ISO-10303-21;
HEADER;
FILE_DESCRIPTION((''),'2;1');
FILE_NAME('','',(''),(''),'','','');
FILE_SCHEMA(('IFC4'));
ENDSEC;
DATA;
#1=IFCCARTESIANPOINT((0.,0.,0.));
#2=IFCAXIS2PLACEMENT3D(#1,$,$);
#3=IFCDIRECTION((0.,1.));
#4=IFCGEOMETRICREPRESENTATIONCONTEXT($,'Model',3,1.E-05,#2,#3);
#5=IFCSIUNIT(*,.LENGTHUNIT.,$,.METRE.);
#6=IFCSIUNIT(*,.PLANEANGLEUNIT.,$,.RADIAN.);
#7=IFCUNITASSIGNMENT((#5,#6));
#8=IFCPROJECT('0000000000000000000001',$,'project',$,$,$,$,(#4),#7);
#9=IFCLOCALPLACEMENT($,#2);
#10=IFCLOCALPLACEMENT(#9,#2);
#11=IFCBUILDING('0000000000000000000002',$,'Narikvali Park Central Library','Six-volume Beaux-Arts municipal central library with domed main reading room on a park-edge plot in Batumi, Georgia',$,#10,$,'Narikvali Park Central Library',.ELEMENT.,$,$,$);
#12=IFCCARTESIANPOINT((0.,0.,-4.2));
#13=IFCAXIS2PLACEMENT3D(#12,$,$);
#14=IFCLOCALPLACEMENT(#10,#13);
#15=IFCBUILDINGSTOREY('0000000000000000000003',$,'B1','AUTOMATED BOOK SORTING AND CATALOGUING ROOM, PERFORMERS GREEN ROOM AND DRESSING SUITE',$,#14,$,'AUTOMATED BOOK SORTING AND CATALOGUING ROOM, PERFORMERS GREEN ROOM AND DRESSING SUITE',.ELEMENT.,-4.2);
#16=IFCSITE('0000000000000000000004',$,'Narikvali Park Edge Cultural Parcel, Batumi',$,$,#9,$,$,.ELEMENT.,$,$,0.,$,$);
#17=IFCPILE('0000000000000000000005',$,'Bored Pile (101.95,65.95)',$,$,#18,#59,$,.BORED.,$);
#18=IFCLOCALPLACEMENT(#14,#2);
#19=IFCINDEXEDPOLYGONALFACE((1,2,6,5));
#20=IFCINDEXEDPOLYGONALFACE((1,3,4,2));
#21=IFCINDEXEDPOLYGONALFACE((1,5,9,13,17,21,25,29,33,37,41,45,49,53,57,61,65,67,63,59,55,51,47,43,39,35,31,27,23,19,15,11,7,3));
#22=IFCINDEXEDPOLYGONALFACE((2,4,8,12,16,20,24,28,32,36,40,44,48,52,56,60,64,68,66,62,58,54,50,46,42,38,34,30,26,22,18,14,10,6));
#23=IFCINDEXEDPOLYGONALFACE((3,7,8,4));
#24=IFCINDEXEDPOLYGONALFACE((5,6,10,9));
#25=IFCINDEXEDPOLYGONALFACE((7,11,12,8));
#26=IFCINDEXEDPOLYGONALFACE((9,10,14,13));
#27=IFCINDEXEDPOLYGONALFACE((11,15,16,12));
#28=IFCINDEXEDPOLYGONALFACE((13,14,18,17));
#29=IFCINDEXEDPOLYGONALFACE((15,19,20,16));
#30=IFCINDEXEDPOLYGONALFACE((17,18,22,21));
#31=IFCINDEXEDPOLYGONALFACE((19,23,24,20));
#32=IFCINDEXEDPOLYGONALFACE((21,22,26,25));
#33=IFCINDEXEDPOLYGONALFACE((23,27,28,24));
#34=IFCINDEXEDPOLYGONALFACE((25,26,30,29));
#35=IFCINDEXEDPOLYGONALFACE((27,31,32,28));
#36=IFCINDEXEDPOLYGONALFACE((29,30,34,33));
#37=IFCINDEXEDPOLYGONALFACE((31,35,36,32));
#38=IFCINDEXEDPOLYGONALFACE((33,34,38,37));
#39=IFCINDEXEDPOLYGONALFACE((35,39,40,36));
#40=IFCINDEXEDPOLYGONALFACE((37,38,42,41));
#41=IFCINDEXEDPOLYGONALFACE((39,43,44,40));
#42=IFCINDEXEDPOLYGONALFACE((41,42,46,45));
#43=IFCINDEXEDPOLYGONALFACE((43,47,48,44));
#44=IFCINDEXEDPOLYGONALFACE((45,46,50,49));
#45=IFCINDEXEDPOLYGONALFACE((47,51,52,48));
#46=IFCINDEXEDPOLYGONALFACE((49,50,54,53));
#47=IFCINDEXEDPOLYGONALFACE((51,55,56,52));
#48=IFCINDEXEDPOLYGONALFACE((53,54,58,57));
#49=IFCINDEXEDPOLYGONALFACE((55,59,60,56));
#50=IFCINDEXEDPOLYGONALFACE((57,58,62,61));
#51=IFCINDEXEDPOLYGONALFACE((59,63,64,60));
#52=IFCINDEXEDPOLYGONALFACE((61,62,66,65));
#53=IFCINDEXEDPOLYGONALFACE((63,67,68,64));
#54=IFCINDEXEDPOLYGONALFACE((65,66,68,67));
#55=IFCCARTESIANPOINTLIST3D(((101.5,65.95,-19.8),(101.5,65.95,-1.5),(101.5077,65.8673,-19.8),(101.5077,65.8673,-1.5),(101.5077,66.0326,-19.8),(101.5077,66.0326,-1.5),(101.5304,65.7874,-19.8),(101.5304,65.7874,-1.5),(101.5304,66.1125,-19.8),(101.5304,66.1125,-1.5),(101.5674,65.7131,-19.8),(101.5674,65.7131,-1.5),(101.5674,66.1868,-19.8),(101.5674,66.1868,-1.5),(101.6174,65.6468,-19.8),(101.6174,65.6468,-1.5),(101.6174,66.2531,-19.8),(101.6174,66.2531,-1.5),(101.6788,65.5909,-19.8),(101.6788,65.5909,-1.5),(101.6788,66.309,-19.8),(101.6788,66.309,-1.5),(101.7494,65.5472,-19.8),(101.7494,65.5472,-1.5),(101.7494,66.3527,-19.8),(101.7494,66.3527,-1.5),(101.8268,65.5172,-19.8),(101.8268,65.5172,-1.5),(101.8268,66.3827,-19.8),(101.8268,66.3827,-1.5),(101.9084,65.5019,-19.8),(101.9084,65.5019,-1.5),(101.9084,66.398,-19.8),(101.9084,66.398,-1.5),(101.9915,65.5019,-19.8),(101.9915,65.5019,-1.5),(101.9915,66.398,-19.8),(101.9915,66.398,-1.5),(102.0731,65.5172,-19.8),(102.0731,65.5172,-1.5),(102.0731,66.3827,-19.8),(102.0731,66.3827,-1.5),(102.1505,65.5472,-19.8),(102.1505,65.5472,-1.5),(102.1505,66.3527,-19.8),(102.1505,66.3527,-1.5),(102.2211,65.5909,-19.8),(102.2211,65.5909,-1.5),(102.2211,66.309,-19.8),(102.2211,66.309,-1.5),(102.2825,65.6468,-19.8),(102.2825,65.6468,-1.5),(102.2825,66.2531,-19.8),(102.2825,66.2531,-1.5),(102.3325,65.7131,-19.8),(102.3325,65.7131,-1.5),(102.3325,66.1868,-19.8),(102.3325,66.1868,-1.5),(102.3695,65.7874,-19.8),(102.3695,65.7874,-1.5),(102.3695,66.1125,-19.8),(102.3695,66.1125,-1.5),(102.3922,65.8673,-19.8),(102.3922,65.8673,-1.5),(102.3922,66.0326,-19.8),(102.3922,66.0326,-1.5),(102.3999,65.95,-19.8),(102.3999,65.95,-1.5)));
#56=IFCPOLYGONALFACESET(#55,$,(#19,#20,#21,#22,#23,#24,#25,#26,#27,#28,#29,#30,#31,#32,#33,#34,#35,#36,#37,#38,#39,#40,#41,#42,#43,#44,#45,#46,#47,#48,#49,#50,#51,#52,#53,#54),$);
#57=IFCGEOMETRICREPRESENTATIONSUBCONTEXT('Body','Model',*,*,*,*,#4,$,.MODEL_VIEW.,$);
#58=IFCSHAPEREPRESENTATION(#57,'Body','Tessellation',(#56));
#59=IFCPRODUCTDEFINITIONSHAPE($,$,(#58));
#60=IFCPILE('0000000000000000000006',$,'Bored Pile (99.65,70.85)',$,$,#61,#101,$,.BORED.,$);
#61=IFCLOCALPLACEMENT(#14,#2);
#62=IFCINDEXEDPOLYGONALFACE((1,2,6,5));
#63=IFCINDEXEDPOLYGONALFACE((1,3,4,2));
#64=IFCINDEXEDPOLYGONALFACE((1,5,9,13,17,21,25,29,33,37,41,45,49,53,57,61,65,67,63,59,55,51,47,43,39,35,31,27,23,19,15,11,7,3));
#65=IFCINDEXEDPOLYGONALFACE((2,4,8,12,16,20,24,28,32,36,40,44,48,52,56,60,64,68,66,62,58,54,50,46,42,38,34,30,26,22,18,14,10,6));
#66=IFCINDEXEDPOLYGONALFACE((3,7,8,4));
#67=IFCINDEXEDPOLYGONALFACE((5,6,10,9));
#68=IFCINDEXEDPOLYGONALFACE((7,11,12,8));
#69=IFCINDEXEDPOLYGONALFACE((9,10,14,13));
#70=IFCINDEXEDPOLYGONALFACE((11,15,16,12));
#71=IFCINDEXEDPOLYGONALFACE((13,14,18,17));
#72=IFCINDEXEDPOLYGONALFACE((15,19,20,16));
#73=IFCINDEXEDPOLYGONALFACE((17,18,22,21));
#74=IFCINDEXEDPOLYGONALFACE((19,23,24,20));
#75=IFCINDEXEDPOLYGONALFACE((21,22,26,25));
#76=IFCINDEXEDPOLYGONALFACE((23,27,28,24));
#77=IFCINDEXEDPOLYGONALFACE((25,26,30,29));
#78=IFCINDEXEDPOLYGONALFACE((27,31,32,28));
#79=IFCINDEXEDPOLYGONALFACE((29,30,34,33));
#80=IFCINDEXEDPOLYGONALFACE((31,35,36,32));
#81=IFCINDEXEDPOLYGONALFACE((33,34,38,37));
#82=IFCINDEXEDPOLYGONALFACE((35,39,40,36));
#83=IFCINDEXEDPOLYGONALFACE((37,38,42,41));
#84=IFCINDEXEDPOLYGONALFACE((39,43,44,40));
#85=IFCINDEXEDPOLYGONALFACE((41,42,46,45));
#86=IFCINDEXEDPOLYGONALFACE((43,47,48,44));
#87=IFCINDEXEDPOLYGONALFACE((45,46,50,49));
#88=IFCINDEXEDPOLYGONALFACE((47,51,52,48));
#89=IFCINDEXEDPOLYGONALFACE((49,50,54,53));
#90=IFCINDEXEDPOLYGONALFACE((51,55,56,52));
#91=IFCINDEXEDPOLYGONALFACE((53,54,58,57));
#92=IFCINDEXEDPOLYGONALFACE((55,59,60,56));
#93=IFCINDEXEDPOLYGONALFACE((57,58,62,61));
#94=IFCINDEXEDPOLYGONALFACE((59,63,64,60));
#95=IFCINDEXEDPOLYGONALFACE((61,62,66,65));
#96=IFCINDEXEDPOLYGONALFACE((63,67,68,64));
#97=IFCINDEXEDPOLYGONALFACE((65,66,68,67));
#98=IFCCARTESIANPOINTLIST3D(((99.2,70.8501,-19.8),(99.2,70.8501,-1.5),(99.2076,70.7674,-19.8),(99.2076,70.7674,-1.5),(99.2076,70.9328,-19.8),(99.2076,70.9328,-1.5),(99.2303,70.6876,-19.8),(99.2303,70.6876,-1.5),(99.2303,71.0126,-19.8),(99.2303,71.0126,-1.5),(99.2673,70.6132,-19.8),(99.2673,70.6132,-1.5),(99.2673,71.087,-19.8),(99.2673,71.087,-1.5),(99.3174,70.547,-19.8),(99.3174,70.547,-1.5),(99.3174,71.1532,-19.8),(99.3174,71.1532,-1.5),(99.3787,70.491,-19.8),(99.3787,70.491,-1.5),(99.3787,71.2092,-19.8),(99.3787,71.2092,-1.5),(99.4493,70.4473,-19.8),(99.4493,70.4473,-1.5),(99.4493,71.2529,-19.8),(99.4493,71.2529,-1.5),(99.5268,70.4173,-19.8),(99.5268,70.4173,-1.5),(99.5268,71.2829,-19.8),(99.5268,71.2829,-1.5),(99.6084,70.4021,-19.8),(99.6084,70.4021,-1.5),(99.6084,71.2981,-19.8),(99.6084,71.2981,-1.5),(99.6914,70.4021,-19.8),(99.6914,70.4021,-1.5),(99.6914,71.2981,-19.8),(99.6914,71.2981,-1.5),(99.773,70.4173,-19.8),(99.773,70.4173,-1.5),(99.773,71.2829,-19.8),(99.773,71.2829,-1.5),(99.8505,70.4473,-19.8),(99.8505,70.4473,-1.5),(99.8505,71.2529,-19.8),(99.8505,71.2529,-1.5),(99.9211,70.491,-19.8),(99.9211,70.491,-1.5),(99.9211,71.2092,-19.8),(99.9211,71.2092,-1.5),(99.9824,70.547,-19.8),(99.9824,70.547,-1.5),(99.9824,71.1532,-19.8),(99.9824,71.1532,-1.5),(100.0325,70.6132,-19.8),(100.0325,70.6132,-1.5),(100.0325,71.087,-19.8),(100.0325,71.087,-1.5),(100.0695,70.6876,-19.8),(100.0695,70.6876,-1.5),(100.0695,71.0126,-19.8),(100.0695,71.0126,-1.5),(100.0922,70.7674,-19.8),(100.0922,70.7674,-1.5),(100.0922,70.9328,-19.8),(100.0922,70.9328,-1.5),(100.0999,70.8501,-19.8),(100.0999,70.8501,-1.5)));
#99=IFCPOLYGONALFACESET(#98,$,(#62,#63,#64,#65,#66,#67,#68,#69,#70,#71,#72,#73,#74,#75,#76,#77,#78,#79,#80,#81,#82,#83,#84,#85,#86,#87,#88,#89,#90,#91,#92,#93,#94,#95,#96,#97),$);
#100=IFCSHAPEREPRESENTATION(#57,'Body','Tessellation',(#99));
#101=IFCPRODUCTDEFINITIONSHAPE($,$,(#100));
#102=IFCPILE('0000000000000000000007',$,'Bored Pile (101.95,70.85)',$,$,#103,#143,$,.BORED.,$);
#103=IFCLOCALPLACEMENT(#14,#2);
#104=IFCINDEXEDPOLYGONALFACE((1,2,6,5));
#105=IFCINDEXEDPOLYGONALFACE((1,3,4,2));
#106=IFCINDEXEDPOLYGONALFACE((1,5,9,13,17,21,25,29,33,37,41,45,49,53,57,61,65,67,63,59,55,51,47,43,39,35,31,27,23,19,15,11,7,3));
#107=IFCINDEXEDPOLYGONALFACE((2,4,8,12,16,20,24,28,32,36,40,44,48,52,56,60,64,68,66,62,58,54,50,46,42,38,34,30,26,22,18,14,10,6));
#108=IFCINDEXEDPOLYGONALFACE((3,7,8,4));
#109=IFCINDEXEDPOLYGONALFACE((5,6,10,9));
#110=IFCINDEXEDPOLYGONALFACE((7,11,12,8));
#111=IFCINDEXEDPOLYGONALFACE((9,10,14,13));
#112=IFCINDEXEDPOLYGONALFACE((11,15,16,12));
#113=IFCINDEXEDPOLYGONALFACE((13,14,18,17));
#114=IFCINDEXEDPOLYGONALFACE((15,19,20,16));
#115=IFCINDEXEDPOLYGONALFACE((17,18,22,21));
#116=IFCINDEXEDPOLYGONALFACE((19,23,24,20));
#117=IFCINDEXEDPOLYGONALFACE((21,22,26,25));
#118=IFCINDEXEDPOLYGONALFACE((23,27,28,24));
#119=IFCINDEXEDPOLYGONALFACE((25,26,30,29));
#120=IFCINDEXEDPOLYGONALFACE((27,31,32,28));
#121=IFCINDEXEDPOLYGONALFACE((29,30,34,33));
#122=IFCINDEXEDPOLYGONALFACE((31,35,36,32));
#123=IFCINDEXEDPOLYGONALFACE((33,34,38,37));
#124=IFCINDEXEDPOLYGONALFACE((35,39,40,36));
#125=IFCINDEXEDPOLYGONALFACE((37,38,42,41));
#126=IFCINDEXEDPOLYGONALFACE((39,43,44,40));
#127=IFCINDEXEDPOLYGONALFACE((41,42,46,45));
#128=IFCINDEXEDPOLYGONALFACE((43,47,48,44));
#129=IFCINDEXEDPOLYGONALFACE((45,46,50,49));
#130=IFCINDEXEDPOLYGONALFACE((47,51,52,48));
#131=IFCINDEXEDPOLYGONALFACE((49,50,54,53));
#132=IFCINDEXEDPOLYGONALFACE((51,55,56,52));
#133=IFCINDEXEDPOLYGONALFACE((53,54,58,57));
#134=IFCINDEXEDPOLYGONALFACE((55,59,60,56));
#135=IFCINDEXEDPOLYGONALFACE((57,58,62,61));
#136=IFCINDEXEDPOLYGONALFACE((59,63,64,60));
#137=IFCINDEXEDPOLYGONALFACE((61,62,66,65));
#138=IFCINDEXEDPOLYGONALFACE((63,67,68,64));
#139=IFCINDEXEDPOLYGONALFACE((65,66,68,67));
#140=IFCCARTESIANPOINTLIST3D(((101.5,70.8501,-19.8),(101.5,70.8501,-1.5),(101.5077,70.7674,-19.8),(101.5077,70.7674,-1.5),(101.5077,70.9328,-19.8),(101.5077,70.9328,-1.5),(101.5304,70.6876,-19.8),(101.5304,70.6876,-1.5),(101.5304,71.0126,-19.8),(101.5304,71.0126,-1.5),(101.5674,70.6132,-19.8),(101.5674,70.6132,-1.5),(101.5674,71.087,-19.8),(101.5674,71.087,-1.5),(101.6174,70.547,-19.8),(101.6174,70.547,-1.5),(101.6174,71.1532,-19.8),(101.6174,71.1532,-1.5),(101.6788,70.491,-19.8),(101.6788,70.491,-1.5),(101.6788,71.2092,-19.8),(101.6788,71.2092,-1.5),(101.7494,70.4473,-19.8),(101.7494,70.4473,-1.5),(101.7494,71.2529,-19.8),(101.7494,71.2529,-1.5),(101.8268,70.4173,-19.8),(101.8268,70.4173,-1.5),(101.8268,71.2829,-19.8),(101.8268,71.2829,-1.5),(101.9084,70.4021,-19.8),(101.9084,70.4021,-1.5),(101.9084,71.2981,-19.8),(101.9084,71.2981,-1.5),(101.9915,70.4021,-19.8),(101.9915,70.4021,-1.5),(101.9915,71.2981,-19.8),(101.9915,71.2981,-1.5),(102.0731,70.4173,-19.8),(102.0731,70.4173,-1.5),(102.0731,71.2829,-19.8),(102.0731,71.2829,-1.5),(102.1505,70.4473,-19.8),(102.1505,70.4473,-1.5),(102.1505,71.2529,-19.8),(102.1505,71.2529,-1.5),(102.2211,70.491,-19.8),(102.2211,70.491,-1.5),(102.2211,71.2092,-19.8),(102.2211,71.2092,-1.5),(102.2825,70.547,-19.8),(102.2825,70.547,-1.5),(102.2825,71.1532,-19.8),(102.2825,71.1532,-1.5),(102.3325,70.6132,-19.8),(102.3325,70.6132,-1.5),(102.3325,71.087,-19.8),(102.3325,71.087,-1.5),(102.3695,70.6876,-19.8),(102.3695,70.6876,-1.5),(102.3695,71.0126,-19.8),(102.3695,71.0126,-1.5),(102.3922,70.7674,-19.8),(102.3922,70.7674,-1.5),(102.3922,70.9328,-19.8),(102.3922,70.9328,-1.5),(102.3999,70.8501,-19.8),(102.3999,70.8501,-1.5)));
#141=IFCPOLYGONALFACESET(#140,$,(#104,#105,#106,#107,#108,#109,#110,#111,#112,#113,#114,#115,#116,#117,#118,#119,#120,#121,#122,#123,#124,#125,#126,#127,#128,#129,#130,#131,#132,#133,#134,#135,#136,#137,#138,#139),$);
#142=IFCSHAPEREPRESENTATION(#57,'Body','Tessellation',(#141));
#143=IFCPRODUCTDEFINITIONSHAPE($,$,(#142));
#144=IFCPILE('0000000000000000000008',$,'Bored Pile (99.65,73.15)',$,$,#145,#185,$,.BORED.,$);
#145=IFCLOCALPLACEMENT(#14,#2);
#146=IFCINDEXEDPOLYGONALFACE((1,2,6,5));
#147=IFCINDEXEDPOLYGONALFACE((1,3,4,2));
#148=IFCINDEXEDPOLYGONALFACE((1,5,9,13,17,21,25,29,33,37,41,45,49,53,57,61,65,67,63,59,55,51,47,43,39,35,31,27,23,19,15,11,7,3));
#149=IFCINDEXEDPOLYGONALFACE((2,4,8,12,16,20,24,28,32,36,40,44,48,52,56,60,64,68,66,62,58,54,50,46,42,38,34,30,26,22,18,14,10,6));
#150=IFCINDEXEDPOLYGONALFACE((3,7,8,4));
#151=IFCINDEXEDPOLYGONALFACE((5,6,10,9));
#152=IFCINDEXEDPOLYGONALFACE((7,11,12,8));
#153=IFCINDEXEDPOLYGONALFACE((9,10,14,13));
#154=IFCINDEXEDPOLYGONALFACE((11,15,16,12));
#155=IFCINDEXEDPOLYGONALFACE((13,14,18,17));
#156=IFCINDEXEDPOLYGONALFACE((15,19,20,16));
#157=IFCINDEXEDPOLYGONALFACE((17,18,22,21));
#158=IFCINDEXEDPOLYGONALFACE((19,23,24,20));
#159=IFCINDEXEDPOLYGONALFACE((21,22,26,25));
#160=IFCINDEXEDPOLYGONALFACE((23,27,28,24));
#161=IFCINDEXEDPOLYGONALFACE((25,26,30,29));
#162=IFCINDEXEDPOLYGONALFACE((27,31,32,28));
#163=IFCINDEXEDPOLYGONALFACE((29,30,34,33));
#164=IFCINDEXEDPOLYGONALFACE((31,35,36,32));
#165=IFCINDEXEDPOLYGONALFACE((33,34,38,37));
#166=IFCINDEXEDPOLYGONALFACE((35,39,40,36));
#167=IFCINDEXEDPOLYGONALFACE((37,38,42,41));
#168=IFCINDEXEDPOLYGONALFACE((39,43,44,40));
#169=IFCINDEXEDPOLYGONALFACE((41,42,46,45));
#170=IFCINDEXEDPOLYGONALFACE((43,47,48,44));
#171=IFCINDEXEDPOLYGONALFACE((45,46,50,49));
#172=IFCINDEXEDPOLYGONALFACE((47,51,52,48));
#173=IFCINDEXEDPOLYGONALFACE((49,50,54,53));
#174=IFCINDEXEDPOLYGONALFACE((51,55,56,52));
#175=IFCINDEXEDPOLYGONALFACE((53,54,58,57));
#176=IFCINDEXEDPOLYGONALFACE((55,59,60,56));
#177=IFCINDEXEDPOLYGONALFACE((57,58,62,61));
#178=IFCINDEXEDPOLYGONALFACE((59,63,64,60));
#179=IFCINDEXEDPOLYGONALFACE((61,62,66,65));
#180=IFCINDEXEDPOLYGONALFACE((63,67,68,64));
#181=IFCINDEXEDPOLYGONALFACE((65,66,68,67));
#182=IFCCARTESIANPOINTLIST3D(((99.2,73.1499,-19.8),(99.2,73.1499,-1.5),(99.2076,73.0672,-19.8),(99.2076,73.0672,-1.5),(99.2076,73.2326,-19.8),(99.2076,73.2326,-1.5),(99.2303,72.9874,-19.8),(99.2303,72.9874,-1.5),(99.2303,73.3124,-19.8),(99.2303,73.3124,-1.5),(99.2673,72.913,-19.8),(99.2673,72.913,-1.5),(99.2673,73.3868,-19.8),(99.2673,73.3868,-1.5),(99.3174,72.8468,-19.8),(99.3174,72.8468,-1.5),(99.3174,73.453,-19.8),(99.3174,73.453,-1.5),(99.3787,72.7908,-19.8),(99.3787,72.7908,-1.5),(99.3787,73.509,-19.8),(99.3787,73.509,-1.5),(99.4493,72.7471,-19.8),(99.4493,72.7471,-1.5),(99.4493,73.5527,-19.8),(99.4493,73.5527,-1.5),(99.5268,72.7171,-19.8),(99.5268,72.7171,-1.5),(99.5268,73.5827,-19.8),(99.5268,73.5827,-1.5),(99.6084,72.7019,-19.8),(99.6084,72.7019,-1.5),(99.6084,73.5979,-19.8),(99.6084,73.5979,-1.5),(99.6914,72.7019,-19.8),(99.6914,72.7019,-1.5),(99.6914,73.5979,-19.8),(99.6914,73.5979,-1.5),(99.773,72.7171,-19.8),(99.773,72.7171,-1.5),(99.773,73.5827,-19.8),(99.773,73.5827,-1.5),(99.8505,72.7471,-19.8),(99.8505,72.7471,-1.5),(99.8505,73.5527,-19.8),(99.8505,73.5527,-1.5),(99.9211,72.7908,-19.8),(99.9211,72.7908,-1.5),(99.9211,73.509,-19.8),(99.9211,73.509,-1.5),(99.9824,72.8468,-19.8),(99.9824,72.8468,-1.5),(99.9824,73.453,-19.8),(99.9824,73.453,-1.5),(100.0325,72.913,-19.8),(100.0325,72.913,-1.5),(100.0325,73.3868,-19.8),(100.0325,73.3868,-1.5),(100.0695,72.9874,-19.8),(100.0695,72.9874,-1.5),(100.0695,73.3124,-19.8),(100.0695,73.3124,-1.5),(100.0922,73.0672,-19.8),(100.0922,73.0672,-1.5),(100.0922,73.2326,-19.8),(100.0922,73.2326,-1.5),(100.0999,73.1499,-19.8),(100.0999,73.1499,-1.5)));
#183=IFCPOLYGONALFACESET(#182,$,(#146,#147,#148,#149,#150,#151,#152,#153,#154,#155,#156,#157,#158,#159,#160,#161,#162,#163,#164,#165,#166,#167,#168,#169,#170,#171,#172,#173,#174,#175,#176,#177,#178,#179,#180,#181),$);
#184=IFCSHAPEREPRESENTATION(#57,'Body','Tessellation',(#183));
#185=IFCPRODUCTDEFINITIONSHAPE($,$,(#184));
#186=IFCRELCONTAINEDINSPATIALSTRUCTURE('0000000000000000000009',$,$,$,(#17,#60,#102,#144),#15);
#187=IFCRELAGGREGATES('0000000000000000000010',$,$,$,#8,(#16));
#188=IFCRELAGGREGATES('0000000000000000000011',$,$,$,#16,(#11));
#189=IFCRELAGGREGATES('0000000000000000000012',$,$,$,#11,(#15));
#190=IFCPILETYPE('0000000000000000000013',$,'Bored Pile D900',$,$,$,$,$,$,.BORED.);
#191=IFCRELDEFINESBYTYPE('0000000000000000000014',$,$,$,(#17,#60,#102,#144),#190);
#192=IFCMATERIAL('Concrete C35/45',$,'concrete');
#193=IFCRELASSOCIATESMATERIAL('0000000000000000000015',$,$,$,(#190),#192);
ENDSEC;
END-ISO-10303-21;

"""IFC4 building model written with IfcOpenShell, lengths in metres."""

from ifc_helpers import new_model, si_unit, direction, frame, origin, origin_2d, place, context, subcontext, project, spatial, circle, extrude, material, material_profile, profile_set, type_object, element, save


model = new_model("IFC4")

# Units and contexts
model_context = context("Model", 3, precision=1e-05, world=origin(), true_north=direction((0.0, 1.0)))
body_context = subcontext(model_context, "Body", "Model", "MODEL_VIEW")
ifc_project = project(units=[si_unit("LENGTHUNIT", "METRE"), si_unit("PLANEANGLEUNIT", "RADIAN")], contexts=[model_context])

# Site, building, storey
site_placement = place(None, origin())
site = spatial("IfcSite", under=ifc_project, at=site_placement, Name="Narikvali Park Edge Cultural Parcel, Batumi", CompositionType="ELEMENT", RefElevation=0.0)
building_placement = place(site_placement, origin())
building = spatial("IfcBuilding", under=site, at=building_placement, Name="Narikvali Park Central Library", Description="Six-volume Beaux-Arts municipal central library with domed main reading room on a park-edge plot in Batumi, Georgia", LongName="Narikvali Park Central Library", CompositionType="ELEMENT")
storey_placement = place(building_placement, frame((0.0, 0.0, -4.2)))
storey = spatial("IfcBuildingStorey", under=building, at=storey_placement, Name="B1", Description="AUTOMATED BOOK SORTING AND CATALOGUING ROOM, PERFORMERS GREEN ROOM AND DRESSING SUITE", LongName="AUTOMATED BOOK SORTING AND CATALOGUING ROOM, PERFORMERS GREEN ROOM AND DRESSING SUITE", CompositionType="ELEMENT", Elevation=-4.2)

# Piles
ifc_material_1 = material(Name="Concrete C35/45", Category="concrete")
ifc_material_profile_1 = material_profile(ifc_material_1, circle(Radius=0.45, at=origin_2d()), Name="PILE D900")
ifc_profile_set_1 = profile_set([ifc_material_profile_1], Name="Concrete C35/45")
pile_type = type_object("IfcPileType", Name="Bored Pile D900", PredefinedType="BORED", material=ifc_profile_set_1)
for number, where, z_axis, x_axis, name in (
    (1, (101.95, 65.95, -1.5), (0.0, 0.0, -1.0), (1.0, 0.0, 0.0), "Bored Pile (101.95,65.95)"),
    (2, (99.6499, 70.8501, -1.5), (0.0, 0.0, -1.0), (1.0, 0.0, 0.0), "Bored Pile (99.65,70.85)"),
    (3, (101.95, 70.8501, -1.5), (0.0, 0.0, -1.0), (1.0, 0.0, 0.0), "Bored Pile (101.95,70.85)"),
    (4, (99.6499, 73.1499, -1.5), (0.0, 0.0, -1.0), (1.0, 0.0, 0.0), "Bored Pile (99.65,73.15)"),
):
    element("IfcPile", number, at=place(storey_placement, frame(where, z_axis=z_axis, x_axis=x_axis)), inside=storey, type_object=pile_type, Name=name, PredefinedType="BORED", context=body_context, shape_type="SweptSolid", body=[
        extrude(circle(Radius=0.45, at=origin_2d()), origin(), (0.0, 0.0, 1.0), 18.3),
    ])

save(model, "model.ifc")
